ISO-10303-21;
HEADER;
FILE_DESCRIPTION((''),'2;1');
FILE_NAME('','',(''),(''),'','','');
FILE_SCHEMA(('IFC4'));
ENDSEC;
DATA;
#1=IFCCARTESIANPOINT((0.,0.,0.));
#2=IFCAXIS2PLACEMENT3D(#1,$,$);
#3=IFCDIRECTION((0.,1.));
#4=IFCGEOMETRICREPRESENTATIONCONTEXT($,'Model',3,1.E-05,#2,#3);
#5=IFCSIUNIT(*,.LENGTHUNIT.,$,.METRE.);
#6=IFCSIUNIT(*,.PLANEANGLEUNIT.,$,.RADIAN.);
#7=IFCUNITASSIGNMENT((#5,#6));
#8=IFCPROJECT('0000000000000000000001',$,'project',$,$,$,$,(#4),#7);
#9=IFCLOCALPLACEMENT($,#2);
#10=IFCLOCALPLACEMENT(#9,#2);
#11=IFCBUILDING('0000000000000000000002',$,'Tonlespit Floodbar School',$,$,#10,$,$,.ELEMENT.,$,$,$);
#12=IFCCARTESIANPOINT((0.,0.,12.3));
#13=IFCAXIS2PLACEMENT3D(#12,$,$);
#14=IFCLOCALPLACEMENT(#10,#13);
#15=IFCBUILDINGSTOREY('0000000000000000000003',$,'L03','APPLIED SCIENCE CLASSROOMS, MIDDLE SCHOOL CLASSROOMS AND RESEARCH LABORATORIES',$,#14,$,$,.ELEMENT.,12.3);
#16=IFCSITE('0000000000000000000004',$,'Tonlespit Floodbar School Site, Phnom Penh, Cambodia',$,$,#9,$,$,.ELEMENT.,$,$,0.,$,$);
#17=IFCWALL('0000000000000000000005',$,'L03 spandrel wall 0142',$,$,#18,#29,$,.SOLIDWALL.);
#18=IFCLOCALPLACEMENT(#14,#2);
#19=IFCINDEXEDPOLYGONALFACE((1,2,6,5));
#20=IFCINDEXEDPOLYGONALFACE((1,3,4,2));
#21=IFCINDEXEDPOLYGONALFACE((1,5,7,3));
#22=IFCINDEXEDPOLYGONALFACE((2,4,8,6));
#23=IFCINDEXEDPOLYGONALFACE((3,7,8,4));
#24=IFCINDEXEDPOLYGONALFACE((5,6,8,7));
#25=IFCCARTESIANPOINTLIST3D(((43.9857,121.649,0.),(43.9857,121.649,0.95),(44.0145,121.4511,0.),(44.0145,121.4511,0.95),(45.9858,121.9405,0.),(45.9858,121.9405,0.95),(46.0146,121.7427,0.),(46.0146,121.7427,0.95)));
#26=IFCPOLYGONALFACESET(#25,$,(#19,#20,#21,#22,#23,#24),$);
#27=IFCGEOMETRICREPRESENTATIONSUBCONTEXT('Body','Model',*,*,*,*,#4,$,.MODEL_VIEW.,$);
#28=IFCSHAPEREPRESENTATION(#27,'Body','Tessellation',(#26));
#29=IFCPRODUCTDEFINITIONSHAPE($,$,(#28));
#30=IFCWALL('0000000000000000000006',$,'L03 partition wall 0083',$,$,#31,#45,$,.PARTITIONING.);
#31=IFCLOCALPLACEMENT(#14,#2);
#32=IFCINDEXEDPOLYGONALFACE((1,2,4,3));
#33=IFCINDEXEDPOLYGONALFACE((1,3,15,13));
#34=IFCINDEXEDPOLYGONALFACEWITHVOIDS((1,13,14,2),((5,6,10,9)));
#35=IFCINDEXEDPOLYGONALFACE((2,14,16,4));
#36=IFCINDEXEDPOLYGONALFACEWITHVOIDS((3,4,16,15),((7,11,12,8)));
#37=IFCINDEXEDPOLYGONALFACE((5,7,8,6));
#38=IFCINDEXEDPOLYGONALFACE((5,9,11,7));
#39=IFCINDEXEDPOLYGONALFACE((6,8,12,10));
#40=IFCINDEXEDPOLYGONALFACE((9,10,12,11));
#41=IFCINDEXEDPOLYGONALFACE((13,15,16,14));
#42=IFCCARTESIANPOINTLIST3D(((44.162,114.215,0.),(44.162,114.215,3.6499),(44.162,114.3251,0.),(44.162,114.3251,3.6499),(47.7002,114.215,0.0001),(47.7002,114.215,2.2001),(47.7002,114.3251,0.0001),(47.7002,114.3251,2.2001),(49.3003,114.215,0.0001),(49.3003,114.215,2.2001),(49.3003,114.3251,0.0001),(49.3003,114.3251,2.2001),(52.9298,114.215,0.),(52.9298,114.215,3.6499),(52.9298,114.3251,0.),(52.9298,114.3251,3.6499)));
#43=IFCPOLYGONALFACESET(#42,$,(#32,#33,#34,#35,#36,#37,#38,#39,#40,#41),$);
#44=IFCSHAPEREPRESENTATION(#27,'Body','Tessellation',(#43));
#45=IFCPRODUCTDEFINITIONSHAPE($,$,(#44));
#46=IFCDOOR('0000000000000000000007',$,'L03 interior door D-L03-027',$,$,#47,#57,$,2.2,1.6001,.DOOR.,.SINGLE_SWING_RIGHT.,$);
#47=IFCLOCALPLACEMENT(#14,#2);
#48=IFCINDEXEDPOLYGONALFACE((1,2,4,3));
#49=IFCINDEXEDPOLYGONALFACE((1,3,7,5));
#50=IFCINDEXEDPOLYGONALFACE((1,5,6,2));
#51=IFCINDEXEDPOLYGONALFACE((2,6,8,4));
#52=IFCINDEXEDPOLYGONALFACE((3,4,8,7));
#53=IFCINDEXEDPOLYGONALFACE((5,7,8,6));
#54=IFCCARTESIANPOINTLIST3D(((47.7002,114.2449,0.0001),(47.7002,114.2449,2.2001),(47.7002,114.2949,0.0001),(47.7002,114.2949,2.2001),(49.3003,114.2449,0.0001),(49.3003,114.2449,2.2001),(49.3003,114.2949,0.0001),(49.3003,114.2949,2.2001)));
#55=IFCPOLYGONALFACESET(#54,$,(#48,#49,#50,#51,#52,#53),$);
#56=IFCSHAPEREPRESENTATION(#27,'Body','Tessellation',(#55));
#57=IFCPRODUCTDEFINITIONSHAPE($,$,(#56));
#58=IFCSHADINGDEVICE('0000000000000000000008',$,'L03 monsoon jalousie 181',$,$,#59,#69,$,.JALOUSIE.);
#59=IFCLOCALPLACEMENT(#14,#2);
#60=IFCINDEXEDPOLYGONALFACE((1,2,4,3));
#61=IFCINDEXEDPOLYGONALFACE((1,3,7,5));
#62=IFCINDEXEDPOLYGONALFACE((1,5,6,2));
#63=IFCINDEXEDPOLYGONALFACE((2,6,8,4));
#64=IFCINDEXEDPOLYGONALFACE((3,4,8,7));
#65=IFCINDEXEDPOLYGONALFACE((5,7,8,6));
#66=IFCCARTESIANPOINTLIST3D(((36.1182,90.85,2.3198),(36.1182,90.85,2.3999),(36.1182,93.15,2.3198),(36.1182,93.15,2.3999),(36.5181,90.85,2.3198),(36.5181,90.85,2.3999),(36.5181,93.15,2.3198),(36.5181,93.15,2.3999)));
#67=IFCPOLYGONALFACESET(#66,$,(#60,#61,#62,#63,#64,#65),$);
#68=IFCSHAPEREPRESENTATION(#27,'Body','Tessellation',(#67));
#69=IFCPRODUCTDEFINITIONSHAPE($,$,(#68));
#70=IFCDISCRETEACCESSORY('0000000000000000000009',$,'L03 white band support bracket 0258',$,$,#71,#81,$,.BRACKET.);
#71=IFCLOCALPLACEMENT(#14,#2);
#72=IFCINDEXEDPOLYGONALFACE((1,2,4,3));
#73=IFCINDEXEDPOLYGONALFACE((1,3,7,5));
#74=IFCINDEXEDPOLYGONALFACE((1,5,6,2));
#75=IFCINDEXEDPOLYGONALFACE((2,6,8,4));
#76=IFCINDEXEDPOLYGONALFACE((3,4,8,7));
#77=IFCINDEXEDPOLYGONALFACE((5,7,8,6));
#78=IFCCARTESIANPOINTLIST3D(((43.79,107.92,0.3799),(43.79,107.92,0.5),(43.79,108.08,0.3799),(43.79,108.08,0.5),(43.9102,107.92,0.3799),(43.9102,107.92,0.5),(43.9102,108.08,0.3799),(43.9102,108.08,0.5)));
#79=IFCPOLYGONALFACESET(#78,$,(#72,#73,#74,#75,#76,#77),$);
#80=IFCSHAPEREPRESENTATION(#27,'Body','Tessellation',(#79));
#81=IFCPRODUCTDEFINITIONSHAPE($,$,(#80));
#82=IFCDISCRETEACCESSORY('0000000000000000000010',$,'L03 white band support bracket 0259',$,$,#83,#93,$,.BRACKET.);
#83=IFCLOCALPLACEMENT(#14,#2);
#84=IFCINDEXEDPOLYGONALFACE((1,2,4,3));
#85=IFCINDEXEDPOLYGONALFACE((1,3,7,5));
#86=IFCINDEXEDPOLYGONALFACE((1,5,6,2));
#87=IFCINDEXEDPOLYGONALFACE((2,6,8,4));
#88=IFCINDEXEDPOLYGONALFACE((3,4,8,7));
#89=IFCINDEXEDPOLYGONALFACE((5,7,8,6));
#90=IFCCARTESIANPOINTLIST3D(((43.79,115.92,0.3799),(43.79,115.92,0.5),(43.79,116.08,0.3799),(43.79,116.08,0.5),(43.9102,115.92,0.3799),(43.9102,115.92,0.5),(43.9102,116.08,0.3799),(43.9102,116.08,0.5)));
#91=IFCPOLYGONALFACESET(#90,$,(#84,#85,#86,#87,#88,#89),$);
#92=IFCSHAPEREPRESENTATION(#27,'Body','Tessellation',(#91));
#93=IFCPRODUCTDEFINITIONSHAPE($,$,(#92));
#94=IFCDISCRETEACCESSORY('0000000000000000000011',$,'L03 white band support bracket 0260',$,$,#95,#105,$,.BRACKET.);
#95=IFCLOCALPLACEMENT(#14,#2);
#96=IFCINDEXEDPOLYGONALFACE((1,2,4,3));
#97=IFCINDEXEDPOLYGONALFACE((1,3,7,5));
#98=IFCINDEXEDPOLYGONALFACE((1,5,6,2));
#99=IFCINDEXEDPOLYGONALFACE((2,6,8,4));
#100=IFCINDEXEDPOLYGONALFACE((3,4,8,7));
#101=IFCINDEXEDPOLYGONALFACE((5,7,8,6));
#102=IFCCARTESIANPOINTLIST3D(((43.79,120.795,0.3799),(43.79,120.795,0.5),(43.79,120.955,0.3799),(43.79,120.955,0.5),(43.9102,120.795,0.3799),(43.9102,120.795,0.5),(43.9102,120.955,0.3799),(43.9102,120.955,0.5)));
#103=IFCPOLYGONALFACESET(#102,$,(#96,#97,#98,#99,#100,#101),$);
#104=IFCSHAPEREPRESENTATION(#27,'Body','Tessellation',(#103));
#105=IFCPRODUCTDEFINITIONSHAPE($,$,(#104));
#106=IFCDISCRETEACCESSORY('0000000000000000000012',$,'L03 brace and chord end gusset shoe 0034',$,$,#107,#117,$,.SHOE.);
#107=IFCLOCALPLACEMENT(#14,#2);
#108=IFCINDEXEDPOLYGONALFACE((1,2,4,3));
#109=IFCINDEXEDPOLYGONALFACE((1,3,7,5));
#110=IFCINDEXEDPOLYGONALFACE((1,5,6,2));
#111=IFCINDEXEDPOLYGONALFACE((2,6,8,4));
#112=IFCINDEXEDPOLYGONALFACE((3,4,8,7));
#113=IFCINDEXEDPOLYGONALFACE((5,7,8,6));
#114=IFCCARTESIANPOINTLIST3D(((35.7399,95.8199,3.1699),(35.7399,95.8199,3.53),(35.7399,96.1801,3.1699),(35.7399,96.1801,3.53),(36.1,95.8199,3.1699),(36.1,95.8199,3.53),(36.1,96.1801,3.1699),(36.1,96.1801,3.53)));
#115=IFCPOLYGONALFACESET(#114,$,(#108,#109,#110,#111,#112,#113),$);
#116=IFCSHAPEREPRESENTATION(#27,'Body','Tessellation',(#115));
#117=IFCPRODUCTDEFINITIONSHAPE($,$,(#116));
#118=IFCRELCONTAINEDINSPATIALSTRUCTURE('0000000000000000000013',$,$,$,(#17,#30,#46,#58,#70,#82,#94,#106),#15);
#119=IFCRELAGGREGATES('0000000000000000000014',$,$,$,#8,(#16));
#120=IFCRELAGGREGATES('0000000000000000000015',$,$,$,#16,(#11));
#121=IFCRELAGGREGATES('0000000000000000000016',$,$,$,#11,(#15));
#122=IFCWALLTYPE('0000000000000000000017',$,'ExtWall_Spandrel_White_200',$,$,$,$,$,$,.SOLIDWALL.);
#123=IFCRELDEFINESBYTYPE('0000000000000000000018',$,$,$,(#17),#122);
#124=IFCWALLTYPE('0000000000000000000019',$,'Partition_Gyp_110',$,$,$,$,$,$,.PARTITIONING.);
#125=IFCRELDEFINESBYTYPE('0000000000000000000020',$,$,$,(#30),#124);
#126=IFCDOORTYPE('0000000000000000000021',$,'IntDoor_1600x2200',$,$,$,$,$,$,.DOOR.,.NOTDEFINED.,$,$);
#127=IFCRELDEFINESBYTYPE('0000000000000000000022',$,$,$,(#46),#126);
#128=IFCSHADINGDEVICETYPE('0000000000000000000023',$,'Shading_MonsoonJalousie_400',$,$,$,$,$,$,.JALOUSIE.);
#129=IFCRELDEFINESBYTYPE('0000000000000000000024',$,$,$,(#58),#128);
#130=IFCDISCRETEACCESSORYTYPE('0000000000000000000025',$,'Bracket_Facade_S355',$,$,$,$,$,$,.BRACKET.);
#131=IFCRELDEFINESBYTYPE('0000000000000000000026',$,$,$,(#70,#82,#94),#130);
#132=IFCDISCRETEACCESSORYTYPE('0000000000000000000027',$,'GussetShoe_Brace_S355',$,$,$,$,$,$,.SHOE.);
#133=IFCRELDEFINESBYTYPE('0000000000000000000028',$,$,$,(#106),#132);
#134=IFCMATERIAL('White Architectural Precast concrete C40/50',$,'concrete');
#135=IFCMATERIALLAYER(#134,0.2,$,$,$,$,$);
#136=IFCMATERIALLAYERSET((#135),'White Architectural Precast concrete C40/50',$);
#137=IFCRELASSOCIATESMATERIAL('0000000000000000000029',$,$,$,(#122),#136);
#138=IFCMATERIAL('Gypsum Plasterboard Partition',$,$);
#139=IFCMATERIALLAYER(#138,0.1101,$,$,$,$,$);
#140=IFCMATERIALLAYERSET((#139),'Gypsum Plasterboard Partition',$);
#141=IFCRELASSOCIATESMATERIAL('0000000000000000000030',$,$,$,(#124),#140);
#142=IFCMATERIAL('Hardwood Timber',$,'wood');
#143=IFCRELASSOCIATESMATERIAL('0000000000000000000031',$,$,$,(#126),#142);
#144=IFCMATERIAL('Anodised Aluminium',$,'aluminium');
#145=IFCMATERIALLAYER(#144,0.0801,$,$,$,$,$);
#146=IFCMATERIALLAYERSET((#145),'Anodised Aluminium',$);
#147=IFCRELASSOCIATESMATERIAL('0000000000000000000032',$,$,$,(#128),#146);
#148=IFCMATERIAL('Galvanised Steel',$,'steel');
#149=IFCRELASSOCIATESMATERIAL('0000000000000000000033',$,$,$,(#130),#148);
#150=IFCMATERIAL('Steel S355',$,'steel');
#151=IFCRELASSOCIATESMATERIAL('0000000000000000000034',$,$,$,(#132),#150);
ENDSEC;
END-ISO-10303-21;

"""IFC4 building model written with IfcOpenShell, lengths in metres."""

from ifc_helpers import new_model, si_unit, direction, frame, frame_2d, origin, origin_2d, place, context, subcontext, project, spatial, rectangle, extrude, material, layer, layer_set, type_object, element, fill, save


model = new_model("IFC4")

# Units and contexts
model_context = context("Model", 3, precision=1e-05, world=origin(), true_north=direction((0.0, 1.0)))
body_context = subcontext(model_context, "Body", "Model", "MODEL_VIEW")
ifc_project = project(units=[si_unit("LENGTHUNIT", "METRE"), si_unit("PLANEANGLEUNIT", "RADIAN")], contexts=[model_context])

# Site, building, storey
site_placement = place(None, origin())
site = spatial("IfcSite", under=ifc_project, at=site_placement, Name="Tonlespit Floodbar School Site, Phnom Penh, Cambodia", CompositionType="ELEMENT", RefElevation=0.0)
building_placement = place(site_placement, origin())
building = spatial("IfcBuilding", under=site, at=building_placement, Name="Tonlespit Floodbar School", CompositionType="ELEMENT")
storey_placement = place(building_placement, frame((0.0, 0.0, 12.3)))
storey = spatial("IfcBuildingStorey", under=building, at=storey_placement, Name="L03", Description="APPLIED SCIENCE CLASSROOMS, MIDDLE SCHOOL CLASSROOMS AND RESEARCH LABORATORIES", CompositionType="ELEMENT", Elevation=12.3)

# Shared definitions
ifc_material_1 = material(Name="Anodised Aluminium", Category="aluminium")

# Shared definitions
ifc_material_2 = material(Name="Steel S355", Category="steel")

# Wall
ifc_material_3 = material(Name="White Architectural Precast concrete C40/50", Category="concrete")
ifc_layer_1 = layer(ifc_material_3, 0.2)
ifc_layer_set_1 = layer_set([ifc_layer_1], Name="White Architectural Precast concrete C40/50")
wall_type_1 = type_object("IfcWallType", Name="ExtWall_Spandrel_White_200", PredefinedType="SOLIDWALL", material=ifc_layer_set_1)
wall_1_placement = place(storey_placement, frame((44.0, 121.55, 0.0), z_axis=(0.0, 0.0, 1.0), x_axis=(0.989544, 0.144228, 0.0)))
element("IfcWall", 1, at=wall_1_placement, inside=storey, type_object=wall_type_1, Name="L03 spandrel wall 0142", PredefinedType="SOLIDWALL", context=body_context, shape_type="SweptSolid", body=[
    extrude(rectangle(XDim=2.0212, YDim=0.2, at=frame_2d((1.0107, 0.0))), origin(), (0.0, 0.0, 1.0), 0.95),
])

# Wall, opening, door
ifc_material_4 = material(Name="Gypsum Plasterboard Partition")
ifc_layer_2 = layer(ifc_material_4, 0.1101)
ifc_layer_set_2 = layer_set([ifc_layer_2], Name="Gypsum Plasterboard Partition")
wall_type_2 = type_object("IfcWallType", Name="Partition_Gyp_110", PredefinedType="PARTITIONING", material=ifc_layer_set_2)
wall_2_placement = place(storey_placement, frame((44.1621, 114.27, 0.0), z_axis=(0.0, 0.0, 1.0), x_axis=(1.0, 0.0, 0.0)))
wall_2 = element("IfcWall", 2, at=wall_2_placement, inside=storey, type_object=wall_type_2, Name="L03 partition wall 0083", PredefinedType="PARTITIONING", context=body_context, shape_type="SweptSolid", body=[
    extrude(rectangle(XDim=8.7678, YDim=0.1101, at=frame_2d((4.3838, 0.0))), origin(), (0.0, 0.0, 1.0), 3.6499),
])
opening_1_placement = place(wall_2_placement, frame((3.5381, 0.0, 0.0)))
opening_1 = element("IfcOpeningElement", 3, at=opening_1_placement, cuts=wall_2, PredefinedType="OPENING", context=body_context, shape_type="SweptSolid", body=[
    extrude(rectangle(XDim=1.6001, YDim=2.2, at=frame_2d((0.8, 1.1001))), frame((0.0, 0.0649, 0.0), z_axis=(0.0, -1.0, 0.0), x_axis=(1.0, 0.0, 0.0)), (0.0, 0.0, 1.0), 0.1301),
])
ifc_material_5 = material(Name="Hardwood Timber", Category="wood")
door_type = type_object("IfcDoorType", Name="IntDoor_1600x2200", OperationType="NOTDEFINED", PredefinedType="DOOR", material=ifc_material_5)
door_placement = place(opening_1_placement, origin())
door = element("IfcDoor", 4, at=door_placement, inside=storey, type_object=door_type, Name="L03 interior door D-L03-027", OperationType="SINGLE_SWING_RIGHT", OverallHeight=2.2, OverallWidth=1.6001, PredefinedType="DOOR", context=body_context, shape_type="SweptSolid", body=[
    extrude(rectangle(XDim=1.6001, YDim=2.2, at=frame_2d((0.8, 1.1001))), frame((0.0, 0.0249, 0.0), z_axis=(0.0, -1.0, 0.0), x_axis=(1.0, 0.0, 0.0)), (0.0, 0.0, 1.0), 0.05),
])
fill(opening_1, door)

# Shading device
ifc_layer_3 = layer(ifc_material_1, 0.0801)
ifc_layer_set_3 = layer_set([ifc_layer_3], Name="Anodised Aluminium")
shading_device_type = type_object("IfcShadingDeviceType", Name="Shading_MonsoonJalousie_400", PredefinedType="JALOUSIE", material=ifc_layer_set_3)
shading_device_placement = place(storey_placement, frame((36.3181, 92.0, 2.3198), z_axis=(0.0, 0.0, 1.0), x_axis=(0.0, -1.0, 0.0)))
element("IfcShadingDevice", 5, at=shading_device_placement, inside=storey, type_object=shading_device_type, Name="L03 monsoon jalousie 181", PredefinedType="JALOUSIE", context=body_context, shape_type="SweptSolid", body=[
    extrude(rectangle(XDim=2.3, YDim=0.3999, at=origin_2d()), origin(), (0.0, 0.0, 1.0), 0.0801),
])

# Discrete accessories
ifc_material_6 = material(Name="Galvanised Steel", Category="steel")
discrete_accessory_type_1 = type_object("IfcDiscreteAccessoryType", Name="Bracket_Facade_S355", PredefinedType="BRACKET", material=ifc_material_6)
for number, where, z_axis, x_axis, name in (
    (6, (43.8501, 108.0, 0.3799), (0.0, 0.0, 1.0), (0.0, 1.0, 0.0), "L03 white band support bracket 0258"),
    (7, (43.8501, 116.0, 0.3799), (0.0, 0.0, 1.0), (0.0, 1.0, 0.0), "L03 white band support bracket 0259"),
    (8, (43.8501, 120.875, 0.3799), (0.0, 0.0, 1.0), (0.0, 1.0, 0.0), "L03 white band support bracket 0260"),
):
    element("IfcDiscreteAccessory", number, at=place(storey_placement, frame(where, z_axis=z_axis, x_axis=x_axis)), inside=storey, type_object=discrete_accessory_type_1, Name=name, PredefinedType="BRACKET", context=body_context, shape_type="SweptSolid", body=[
        extrude(rectangle(XDim=0.1599, YDim=0.1201, at=origin_2d()), origin(), (0.0, 0.0, 1.0), 0.1201),
    ])
discrete_accessory_type_2 = type_object("IfcDiscreteAccessoryType", Name="GussetShoe_Brace_S355", PredefinedType="SHOE", material=ifc_material_2)
discrete_accessory_placement = place(storey_placement, frame((35.9199, 96.0, 3.1699), z_axis=(0.0, 0.0, 1.0), x_axis=(1.0, 0.0, 0.0)))
element("IfcDiscreteAccessory", 9, at=discrete_accessory_placement, inside=storey, type_object=discrete_accessory_type_2, Name="L03 brace and chord end gusset shoe 0034", PredefinedType="SHOE", context=body_context, shape_type="SweptSolid", body=[
    extrude(rectangle(XDim=0.3601, YDim=0.3601, at=origin_2d()), origin(), (0.0, 0.0, 1.0), 0.3601),
])

save(model, "model.ifc")
